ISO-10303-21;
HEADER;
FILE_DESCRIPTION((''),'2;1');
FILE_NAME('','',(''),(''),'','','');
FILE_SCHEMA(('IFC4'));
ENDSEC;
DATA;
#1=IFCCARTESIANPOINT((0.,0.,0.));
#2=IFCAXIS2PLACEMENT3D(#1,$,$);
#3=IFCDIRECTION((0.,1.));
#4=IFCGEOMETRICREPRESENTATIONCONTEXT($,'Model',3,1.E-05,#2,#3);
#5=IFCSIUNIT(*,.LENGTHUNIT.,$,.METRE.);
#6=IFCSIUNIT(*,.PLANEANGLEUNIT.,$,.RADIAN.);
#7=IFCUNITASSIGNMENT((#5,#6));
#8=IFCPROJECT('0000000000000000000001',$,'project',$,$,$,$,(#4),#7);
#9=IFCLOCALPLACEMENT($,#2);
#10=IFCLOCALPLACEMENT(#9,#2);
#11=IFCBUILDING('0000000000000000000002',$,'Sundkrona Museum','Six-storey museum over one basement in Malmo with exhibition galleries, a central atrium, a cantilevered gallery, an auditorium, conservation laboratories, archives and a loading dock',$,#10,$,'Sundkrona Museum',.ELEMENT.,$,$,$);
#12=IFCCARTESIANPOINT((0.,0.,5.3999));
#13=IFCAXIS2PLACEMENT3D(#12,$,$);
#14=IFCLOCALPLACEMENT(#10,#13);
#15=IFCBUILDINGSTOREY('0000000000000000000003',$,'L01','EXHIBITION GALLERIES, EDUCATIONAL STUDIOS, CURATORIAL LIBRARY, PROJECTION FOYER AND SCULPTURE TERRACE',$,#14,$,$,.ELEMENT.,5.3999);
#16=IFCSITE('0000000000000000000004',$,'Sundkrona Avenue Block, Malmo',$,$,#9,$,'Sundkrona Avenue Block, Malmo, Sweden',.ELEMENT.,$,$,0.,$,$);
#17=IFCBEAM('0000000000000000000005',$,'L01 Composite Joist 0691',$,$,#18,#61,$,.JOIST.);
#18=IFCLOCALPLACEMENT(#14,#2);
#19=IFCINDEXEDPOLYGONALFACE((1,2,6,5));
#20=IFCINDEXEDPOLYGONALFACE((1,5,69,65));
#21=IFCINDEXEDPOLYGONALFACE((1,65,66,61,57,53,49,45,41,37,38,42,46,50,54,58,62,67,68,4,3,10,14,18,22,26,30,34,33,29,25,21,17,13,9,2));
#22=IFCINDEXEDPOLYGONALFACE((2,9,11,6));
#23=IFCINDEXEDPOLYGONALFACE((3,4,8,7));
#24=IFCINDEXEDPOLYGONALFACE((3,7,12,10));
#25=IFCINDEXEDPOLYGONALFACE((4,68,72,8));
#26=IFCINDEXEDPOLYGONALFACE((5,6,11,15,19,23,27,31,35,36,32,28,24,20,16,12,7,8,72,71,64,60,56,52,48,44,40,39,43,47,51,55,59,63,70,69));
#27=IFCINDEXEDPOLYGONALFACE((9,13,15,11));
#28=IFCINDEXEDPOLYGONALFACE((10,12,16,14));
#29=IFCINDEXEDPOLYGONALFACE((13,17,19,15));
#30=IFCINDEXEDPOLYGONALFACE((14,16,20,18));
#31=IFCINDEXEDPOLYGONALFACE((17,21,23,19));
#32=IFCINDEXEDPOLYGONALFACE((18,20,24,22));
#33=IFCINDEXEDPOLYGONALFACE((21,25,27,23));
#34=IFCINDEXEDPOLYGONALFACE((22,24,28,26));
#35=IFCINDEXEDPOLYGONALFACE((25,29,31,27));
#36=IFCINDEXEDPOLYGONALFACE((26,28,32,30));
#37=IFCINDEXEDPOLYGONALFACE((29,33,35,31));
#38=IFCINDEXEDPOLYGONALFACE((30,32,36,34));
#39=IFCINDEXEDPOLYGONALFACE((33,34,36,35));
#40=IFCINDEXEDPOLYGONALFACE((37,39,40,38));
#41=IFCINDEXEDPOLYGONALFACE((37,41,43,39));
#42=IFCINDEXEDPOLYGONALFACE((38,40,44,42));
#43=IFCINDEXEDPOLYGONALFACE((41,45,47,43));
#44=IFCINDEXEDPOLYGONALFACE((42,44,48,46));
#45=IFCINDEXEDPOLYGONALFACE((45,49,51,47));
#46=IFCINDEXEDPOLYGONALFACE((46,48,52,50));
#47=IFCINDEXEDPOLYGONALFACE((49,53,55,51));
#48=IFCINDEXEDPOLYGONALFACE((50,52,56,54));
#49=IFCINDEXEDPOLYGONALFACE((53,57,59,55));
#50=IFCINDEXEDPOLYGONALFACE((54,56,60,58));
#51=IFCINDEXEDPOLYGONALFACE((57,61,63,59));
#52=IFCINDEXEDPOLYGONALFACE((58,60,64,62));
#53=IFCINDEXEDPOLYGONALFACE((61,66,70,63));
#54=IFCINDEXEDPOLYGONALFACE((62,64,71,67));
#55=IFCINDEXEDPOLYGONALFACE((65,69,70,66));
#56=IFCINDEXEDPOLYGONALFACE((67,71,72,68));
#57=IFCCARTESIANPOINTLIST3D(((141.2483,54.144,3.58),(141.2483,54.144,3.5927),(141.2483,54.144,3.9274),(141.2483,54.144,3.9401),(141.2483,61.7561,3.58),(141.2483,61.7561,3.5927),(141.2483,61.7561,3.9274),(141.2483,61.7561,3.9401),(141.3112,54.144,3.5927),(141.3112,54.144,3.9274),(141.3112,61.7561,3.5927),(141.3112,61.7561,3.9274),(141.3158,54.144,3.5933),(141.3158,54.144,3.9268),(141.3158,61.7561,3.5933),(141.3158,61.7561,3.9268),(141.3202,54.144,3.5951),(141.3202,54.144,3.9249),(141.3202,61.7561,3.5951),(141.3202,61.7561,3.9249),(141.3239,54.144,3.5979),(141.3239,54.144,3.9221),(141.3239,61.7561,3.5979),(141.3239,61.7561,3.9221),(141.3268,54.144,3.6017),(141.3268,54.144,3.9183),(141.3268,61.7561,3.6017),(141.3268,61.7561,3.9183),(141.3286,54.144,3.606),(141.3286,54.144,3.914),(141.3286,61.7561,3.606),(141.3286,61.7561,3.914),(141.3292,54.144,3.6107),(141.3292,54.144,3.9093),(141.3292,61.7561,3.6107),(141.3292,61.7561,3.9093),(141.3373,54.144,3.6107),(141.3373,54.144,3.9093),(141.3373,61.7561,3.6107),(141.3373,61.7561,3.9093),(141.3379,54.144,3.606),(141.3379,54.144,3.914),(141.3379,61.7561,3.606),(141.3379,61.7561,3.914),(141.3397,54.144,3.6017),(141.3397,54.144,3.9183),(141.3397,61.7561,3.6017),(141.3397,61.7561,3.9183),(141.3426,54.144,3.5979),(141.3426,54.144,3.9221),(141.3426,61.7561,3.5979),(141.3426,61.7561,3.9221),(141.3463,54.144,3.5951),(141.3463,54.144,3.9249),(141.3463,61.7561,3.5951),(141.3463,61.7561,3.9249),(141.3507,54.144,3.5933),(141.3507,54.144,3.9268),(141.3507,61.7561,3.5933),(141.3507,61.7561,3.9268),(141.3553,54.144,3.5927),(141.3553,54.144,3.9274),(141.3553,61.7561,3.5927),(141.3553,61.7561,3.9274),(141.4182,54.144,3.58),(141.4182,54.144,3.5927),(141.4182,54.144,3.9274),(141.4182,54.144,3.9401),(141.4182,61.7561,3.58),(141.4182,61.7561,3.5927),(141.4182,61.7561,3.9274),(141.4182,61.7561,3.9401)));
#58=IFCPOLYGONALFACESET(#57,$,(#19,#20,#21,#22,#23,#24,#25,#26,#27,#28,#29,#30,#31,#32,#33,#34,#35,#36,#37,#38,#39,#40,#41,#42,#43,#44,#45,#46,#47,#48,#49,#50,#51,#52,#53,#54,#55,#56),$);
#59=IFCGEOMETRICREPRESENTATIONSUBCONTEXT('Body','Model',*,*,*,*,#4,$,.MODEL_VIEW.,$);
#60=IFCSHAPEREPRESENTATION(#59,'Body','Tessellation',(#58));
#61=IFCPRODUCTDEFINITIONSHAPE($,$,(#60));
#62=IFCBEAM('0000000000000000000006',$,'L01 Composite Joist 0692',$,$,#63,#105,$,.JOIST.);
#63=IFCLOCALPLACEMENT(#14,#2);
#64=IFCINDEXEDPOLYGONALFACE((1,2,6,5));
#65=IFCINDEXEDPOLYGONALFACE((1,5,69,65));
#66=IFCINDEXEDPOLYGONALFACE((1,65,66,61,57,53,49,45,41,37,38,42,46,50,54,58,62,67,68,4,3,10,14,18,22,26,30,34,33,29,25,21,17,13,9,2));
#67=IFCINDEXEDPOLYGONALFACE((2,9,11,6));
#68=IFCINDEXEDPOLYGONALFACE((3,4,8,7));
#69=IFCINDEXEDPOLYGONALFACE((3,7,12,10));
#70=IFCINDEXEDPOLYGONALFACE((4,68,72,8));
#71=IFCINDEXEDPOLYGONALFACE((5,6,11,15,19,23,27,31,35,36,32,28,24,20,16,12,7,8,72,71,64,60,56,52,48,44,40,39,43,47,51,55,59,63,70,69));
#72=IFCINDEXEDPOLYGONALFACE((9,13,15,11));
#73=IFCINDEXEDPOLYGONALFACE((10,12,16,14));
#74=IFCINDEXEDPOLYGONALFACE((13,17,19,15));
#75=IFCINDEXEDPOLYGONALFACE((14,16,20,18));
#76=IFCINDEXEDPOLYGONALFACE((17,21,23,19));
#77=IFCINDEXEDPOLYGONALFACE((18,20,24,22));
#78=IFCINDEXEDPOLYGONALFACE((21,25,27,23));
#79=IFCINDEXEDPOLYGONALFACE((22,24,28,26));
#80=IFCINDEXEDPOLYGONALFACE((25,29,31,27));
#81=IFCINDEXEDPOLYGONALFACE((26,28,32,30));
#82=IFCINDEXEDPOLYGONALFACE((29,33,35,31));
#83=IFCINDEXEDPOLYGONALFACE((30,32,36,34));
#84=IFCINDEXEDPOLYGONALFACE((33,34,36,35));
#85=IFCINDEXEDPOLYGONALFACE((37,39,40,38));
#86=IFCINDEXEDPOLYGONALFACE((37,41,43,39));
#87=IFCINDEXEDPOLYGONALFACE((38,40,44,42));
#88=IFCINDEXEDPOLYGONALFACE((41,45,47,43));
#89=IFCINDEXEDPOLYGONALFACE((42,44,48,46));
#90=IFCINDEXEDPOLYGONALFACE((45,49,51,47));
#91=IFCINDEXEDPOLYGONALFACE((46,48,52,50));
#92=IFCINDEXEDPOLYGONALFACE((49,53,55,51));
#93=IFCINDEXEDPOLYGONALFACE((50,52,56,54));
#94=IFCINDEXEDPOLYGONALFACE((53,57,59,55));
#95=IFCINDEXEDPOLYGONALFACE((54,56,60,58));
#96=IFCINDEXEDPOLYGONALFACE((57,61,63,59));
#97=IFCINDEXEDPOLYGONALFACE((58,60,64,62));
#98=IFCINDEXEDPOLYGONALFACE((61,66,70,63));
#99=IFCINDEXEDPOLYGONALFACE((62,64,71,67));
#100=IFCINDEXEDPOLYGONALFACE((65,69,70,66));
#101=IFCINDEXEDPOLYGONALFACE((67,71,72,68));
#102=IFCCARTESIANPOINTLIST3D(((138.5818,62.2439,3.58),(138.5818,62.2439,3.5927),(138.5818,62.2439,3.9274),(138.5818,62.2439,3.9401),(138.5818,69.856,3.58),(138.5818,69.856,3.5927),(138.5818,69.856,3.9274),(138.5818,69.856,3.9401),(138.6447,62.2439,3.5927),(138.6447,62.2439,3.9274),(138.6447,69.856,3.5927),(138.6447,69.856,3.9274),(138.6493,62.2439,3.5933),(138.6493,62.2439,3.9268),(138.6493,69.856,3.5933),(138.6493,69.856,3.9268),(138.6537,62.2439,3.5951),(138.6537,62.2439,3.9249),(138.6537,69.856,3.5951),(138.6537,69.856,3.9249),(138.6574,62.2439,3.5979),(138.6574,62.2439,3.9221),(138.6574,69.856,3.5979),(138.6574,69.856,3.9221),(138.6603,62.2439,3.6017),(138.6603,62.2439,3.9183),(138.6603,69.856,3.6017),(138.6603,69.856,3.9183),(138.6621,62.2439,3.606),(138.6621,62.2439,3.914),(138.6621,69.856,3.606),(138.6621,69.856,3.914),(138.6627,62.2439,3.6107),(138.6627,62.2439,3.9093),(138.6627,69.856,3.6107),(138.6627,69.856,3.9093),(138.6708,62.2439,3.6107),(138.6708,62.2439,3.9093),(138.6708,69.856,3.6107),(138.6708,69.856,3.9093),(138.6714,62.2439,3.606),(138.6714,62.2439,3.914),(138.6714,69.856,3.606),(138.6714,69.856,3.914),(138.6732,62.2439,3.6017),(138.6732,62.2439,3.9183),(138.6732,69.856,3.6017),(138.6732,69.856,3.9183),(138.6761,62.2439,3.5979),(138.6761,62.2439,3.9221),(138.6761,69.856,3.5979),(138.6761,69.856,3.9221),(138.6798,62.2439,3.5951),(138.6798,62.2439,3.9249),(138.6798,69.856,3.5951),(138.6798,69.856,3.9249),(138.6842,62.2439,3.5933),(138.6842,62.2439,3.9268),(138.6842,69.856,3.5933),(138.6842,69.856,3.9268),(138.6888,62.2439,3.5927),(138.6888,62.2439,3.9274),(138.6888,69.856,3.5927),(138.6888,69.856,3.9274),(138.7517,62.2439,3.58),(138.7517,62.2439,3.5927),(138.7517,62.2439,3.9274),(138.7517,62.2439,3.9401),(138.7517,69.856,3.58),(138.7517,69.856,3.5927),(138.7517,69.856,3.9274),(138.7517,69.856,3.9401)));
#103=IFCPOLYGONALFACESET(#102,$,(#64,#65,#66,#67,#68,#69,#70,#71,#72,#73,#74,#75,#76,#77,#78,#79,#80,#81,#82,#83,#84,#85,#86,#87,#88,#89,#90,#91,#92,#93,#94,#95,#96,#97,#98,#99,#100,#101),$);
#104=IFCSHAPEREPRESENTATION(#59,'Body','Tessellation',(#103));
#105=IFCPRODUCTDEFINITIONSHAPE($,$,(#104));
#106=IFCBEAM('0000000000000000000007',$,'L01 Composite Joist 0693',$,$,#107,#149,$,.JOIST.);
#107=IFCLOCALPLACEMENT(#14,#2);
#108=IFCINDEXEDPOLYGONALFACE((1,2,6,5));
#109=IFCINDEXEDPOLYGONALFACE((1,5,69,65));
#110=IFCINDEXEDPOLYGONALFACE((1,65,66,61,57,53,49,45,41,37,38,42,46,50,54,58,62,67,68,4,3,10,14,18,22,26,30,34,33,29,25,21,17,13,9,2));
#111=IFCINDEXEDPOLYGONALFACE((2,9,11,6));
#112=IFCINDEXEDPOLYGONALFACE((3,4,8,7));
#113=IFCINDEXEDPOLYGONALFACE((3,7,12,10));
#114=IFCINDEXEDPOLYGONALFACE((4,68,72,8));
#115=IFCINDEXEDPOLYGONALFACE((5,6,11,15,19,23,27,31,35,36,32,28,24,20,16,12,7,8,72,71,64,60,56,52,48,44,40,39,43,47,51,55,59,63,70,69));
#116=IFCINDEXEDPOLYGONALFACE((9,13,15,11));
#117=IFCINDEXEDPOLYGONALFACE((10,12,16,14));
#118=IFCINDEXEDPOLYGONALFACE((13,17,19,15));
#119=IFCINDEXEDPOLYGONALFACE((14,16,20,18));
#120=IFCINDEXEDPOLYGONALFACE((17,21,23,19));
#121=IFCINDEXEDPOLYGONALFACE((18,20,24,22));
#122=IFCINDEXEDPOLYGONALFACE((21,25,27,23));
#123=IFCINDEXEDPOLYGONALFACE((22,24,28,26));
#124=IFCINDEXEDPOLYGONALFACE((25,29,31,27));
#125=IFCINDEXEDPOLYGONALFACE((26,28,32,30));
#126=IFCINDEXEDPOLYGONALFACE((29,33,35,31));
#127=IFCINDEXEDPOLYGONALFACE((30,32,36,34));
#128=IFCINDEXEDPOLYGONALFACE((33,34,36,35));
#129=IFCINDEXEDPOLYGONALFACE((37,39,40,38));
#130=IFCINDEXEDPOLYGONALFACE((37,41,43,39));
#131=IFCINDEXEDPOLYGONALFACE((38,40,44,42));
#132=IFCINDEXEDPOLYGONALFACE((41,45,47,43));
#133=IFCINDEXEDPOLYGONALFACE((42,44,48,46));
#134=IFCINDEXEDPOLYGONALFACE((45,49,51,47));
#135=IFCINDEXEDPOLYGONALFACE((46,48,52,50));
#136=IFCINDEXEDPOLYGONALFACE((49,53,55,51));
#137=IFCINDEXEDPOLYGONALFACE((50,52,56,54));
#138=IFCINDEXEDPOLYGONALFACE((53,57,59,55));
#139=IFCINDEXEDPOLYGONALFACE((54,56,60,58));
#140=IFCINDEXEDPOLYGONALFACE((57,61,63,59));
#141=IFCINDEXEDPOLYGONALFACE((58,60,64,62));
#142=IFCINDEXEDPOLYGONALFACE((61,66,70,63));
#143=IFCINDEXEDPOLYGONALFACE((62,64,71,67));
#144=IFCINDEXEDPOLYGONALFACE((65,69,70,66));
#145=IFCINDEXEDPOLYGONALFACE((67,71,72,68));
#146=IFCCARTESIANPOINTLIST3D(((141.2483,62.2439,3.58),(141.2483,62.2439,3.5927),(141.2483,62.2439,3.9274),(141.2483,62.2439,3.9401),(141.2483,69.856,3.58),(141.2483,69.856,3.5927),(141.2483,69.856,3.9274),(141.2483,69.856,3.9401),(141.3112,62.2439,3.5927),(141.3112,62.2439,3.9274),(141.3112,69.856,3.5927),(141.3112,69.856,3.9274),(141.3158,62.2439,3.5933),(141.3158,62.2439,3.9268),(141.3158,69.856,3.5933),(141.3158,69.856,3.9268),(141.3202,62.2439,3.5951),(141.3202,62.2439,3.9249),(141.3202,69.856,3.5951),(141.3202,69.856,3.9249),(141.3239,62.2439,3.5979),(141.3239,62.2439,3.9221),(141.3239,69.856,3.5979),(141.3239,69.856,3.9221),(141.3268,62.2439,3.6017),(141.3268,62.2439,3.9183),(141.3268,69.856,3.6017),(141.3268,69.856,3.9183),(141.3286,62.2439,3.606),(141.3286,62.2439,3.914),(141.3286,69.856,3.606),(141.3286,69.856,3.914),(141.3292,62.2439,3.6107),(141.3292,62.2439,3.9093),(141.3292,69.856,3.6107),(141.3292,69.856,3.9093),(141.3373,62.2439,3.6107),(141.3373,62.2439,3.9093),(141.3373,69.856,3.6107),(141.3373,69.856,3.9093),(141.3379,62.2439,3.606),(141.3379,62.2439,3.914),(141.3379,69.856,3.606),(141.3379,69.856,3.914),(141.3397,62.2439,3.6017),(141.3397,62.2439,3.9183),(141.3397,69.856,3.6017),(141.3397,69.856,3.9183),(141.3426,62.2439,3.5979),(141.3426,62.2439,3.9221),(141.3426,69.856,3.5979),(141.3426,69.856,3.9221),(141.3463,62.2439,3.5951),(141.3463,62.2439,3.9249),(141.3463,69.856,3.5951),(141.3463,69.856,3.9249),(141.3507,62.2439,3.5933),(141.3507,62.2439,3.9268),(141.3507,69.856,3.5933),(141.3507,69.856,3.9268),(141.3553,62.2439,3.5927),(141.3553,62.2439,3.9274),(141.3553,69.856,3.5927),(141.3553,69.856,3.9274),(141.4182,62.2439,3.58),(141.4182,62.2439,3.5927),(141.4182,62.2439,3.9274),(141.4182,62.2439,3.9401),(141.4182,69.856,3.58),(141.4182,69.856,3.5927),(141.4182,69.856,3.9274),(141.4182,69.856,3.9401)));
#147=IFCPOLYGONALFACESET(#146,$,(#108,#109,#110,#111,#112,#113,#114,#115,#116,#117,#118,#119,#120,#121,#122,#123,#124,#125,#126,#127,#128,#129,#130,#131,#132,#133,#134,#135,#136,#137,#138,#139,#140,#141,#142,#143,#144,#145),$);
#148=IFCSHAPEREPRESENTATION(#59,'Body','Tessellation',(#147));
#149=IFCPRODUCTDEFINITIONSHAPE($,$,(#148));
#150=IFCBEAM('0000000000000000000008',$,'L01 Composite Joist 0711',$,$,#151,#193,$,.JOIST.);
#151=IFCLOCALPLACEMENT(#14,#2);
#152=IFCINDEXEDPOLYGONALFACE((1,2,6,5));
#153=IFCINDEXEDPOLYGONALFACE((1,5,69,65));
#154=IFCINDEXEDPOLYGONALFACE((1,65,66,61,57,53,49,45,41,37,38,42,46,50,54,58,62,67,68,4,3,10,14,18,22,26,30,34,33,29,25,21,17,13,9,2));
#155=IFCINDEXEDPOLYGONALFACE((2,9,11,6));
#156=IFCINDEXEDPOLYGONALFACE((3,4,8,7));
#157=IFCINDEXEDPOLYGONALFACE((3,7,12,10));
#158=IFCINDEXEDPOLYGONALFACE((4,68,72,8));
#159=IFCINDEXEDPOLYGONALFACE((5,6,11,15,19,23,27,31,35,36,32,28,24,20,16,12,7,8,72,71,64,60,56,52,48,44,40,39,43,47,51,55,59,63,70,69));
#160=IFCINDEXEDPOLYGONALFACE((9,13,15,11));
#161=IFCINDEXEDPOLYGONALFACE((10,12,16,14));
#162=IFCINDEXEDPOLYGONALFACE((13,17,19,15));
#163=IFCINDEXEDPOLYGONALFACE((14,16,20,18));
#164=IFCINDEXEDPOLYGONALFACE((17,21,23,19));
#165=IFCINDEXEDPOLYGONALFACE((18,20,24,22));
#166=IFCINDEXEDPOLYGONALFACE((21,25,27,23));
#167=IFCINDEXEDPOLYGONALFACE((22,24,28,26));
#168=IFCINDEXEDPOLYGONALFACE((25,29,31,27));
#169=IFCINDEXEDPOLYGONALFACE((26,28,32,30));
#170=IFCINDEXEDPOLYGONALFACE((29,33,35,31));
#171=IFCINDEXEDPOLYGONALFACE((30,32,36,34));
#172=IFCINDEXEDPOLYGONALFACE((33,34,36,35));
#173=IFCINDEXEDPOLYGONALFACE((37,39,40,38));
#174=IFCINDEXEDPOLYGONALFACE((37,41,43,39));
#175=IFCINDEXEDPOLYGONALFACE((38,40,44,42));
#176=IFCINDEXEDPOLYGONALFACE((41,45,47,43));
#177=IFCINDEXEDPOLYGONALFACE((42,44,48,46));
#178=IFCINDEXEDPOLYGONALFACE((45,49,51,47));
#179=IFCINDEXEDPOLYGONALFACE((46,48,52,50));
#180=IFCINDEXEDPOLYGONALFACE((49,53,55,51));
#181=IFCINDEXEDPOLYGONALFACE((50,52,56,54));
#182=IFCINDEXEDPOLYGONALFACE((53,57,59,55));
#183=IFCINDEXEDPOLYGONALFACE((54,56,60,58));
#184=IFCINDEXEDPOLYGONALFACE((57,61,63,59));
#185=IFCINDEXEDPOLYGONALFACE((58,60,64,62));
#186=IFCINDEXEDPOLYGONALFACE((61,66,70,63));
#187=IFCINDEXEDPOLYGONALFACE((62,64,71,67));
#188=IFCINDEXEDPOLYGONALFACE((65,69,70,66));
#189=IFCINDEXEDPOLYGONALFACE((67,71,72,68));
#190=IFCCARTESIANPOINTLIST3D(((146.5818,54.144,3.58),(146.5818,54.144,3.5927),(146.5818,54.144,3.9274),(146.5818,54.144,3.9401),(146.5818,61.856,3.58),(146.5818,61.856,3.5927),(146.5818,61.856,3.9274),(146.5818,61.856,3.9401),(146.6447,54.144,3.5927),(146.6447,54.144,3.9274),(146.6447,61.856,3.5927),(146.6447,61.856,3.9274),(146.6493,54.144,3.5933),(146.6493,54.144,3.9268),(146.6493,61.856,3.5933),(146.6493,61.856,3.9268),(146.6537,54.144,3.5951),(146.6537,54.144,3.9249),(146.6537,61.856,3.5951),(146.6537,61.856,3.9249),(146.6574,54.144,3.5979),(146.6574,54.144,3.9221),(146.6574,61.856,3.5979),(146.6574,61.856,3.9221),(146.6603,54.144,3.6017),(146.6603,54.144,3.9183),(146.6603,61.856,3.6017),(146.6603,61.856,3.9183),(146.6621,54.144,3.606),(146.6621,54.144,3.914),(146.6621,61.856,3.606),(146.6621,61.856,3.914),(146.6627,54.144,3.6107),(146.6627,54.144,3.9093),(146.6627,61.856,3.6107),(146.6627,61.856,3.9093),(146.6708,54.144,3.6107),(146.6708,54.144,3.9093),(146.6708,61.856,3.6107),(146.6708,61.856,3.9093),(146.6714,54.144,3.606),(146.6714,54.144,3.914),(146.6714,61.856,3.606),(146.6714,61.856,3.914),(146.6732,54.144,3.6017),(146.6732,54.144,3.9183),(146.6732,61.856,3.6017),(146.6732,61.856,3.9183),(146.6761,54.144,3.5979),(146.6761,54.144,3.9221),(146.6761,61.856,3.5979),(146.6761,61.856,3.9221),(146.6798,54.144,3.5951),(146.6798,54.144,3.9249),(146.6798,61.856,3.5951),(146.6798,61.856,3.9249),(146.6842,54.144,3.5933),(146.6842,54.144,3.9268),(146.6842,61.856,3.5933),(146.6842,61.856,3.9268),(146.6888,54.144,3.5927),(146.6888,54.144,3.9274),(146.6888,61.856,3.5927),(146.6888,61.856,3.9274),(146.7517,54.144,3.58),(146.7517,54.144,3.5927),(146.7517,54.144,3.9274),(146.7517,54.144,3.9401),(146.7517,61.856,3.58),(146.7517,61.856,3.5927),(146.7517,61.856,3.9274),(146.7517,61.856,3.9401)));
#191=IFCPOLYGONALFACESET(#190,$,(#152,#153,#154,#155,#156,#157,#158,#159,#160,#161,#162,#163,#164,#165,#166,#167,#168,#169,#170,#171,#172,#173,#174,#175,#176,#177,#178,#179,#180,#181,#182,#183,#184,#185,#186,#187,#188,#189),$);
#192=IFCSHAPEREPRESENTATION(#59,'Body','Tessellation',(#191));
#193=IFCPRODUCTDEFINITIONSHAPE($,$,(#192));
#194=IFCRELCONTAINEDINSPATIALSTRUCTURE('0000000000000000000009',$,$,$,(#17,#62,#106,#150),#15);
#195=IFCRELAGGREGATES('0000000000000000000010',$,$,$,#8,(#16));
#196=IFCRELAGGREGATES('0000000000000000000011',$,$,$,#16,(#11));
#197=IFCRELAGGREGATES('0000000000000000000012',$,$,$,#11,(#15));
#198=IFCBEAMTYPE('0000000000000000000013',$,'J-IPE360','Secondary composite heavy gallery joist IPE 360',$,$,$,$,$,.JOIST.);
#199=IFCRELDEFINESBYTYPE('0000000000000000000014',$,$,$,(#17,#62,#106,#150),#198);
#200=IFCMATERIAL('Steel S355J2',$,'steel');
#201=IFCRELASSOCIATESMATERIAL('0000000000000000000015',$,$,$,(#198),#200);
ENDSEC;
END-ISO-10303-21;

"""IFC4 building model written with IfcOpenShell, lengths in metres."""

from ifc_helpers import new_model, si_unit, direction, frame, origin, origin_2d, place, context, subcontext, project, spatial, i_section, extrude, material, material_profile, profile_set, type_object, element, save


model = new_model("IFC4")

# Units and contexts
model_context = context("Model", 3, precision=1e-05, world=origin(), true_north=direction((0.0, 1.0)))
body_context = subcontext(model_context, "Body", "Model", "MODEL_VIEW")
ifc_project = project(units=[si_unit("LENGTHUNIT", "METRE"), si_unit("PLANEANGLEUNIT", "RADIAN")], contexts=[model_context])

# Site, building, storey
site_placement = place(None, origin())
site = spatial("IfcSite", under=ifc_project, at=site_placement, Name="Sundkrona Avenue Block, Malmo", LongName="Sundkrona Avenue Block, Malmo, Sweden", CompositionType="ELEMENT", RefElevation=0.0)
building_placement = place(site_placement, origin())
building = spatial("IfcBuilding", under=site, at=building_placement, Name="Sundkrona Museum", Description="Six-storey museum over one basement in Malmo with exhibition galleries, a central atrium, a cantilevered gallery, an auditorium, conservation laboratories, archives and a loading dock", LongName="Sundkrona Museum", CompositionType="ELEMENT")
storey_placement = place(building_placement, frame((0.0, 0.0, 5.3999)))
storey = spatial("IfcBuildingStorey", under=building, at=storey_placement, Name="L01", Description="EXHIBITION GALLERIES, EDUCATIONAL STUDIOS, CURATORIAL LIBRARY, PROJECTION FOYER AND SCULPTURE TERRACE", CompositionType="ELEMENT", Elevation=5.3999)

# Shared definitions
ifc_material_1 = material(Name="Steel S355J2", Category="steel")

# Beams
ifc_material_profile_1 = material_profile(ifc_material_1, i_section(OverallWidth=0.1699, OverallDepth=0.3601, WebThickness=0.0081, FlangeThickness=0.0127, FilletRadius=0.0181, at=origin_2d()), Name="IPE 360")
ifc_profile_set_1 = profile_set([ifc_material_profile_1], Name="Steel S355J2")
beam_type_1 = type_object("IfcBeamType", Name="J-IPE360", Description="Secondary composite heavy gallery joist IPE 360", PredefinedType="JOIST", material=ifc_profile_set_1)
for number, where, z_axis, x_axis, name in (
    (1, (141.3333, 54.144, 3.76), (0.0, 1.0, 0.0), (-1.0, 0.0, 0.0), "L01 Composite Joist 0691"),
    (2, (138.6667, 62.2439, 3.76), (0.0, 1.0, 0.0), (-1.0, 0.0, 0.0), "L01 Composite Joist 0692"),
    (3, (141.3333, 62.2439, 3.76), (0.0, 1.0, 0.0), (-1.0, 0.0, 0.0), "L01 Composite Joist 0693"),
):
    element("IfcBeam", number, at=place(storey_placement, frame(where, z_axis=z_axis, x_axis=x_axis)), inside=storey, type_object=beam_type_1, Name=name, PredefinedType="JOIST", context=body_context, shape_type="SweptSolid", body=[
        extrude(i_section(OverallWidth=0.1699, OverallDepth=0.3601, WebThickness=0.0081, FlangeThickness=0.0127, FilletRadius=0.0181, at=origin_2d()), origin(), (0.0, 0.0, 1.0), 7.6121),
    ])
for number, where, z_axis, x_axis, name in (
    (4, (146.6667, 54.144, 3.76), (0.0, 1.0, 0.0), (-1.0, 0.0, 0.0), "L01 Composite Joist 0711"),
):
    element("IfcBeam", number, at=place(storey_placement, frame(where, z_axis=z_axis, x_axis=x_axis)), inside=storey, type_object=beam_type_1, Name=name, PredefinedType="JOIST", context=body_context, shape_type="SweptSolid", body=[
        extrude(i_section(OverallWidth=0.1699, OverallDepth=0.3601, WebThickness=0.0081, FlangeThickness=0.0127, FilletRadius=0.0181, at=origin_2d()), origin(), (0.0, 0.0, 1.0), 7.7119),
    ])

save(model, "model.ifc")
